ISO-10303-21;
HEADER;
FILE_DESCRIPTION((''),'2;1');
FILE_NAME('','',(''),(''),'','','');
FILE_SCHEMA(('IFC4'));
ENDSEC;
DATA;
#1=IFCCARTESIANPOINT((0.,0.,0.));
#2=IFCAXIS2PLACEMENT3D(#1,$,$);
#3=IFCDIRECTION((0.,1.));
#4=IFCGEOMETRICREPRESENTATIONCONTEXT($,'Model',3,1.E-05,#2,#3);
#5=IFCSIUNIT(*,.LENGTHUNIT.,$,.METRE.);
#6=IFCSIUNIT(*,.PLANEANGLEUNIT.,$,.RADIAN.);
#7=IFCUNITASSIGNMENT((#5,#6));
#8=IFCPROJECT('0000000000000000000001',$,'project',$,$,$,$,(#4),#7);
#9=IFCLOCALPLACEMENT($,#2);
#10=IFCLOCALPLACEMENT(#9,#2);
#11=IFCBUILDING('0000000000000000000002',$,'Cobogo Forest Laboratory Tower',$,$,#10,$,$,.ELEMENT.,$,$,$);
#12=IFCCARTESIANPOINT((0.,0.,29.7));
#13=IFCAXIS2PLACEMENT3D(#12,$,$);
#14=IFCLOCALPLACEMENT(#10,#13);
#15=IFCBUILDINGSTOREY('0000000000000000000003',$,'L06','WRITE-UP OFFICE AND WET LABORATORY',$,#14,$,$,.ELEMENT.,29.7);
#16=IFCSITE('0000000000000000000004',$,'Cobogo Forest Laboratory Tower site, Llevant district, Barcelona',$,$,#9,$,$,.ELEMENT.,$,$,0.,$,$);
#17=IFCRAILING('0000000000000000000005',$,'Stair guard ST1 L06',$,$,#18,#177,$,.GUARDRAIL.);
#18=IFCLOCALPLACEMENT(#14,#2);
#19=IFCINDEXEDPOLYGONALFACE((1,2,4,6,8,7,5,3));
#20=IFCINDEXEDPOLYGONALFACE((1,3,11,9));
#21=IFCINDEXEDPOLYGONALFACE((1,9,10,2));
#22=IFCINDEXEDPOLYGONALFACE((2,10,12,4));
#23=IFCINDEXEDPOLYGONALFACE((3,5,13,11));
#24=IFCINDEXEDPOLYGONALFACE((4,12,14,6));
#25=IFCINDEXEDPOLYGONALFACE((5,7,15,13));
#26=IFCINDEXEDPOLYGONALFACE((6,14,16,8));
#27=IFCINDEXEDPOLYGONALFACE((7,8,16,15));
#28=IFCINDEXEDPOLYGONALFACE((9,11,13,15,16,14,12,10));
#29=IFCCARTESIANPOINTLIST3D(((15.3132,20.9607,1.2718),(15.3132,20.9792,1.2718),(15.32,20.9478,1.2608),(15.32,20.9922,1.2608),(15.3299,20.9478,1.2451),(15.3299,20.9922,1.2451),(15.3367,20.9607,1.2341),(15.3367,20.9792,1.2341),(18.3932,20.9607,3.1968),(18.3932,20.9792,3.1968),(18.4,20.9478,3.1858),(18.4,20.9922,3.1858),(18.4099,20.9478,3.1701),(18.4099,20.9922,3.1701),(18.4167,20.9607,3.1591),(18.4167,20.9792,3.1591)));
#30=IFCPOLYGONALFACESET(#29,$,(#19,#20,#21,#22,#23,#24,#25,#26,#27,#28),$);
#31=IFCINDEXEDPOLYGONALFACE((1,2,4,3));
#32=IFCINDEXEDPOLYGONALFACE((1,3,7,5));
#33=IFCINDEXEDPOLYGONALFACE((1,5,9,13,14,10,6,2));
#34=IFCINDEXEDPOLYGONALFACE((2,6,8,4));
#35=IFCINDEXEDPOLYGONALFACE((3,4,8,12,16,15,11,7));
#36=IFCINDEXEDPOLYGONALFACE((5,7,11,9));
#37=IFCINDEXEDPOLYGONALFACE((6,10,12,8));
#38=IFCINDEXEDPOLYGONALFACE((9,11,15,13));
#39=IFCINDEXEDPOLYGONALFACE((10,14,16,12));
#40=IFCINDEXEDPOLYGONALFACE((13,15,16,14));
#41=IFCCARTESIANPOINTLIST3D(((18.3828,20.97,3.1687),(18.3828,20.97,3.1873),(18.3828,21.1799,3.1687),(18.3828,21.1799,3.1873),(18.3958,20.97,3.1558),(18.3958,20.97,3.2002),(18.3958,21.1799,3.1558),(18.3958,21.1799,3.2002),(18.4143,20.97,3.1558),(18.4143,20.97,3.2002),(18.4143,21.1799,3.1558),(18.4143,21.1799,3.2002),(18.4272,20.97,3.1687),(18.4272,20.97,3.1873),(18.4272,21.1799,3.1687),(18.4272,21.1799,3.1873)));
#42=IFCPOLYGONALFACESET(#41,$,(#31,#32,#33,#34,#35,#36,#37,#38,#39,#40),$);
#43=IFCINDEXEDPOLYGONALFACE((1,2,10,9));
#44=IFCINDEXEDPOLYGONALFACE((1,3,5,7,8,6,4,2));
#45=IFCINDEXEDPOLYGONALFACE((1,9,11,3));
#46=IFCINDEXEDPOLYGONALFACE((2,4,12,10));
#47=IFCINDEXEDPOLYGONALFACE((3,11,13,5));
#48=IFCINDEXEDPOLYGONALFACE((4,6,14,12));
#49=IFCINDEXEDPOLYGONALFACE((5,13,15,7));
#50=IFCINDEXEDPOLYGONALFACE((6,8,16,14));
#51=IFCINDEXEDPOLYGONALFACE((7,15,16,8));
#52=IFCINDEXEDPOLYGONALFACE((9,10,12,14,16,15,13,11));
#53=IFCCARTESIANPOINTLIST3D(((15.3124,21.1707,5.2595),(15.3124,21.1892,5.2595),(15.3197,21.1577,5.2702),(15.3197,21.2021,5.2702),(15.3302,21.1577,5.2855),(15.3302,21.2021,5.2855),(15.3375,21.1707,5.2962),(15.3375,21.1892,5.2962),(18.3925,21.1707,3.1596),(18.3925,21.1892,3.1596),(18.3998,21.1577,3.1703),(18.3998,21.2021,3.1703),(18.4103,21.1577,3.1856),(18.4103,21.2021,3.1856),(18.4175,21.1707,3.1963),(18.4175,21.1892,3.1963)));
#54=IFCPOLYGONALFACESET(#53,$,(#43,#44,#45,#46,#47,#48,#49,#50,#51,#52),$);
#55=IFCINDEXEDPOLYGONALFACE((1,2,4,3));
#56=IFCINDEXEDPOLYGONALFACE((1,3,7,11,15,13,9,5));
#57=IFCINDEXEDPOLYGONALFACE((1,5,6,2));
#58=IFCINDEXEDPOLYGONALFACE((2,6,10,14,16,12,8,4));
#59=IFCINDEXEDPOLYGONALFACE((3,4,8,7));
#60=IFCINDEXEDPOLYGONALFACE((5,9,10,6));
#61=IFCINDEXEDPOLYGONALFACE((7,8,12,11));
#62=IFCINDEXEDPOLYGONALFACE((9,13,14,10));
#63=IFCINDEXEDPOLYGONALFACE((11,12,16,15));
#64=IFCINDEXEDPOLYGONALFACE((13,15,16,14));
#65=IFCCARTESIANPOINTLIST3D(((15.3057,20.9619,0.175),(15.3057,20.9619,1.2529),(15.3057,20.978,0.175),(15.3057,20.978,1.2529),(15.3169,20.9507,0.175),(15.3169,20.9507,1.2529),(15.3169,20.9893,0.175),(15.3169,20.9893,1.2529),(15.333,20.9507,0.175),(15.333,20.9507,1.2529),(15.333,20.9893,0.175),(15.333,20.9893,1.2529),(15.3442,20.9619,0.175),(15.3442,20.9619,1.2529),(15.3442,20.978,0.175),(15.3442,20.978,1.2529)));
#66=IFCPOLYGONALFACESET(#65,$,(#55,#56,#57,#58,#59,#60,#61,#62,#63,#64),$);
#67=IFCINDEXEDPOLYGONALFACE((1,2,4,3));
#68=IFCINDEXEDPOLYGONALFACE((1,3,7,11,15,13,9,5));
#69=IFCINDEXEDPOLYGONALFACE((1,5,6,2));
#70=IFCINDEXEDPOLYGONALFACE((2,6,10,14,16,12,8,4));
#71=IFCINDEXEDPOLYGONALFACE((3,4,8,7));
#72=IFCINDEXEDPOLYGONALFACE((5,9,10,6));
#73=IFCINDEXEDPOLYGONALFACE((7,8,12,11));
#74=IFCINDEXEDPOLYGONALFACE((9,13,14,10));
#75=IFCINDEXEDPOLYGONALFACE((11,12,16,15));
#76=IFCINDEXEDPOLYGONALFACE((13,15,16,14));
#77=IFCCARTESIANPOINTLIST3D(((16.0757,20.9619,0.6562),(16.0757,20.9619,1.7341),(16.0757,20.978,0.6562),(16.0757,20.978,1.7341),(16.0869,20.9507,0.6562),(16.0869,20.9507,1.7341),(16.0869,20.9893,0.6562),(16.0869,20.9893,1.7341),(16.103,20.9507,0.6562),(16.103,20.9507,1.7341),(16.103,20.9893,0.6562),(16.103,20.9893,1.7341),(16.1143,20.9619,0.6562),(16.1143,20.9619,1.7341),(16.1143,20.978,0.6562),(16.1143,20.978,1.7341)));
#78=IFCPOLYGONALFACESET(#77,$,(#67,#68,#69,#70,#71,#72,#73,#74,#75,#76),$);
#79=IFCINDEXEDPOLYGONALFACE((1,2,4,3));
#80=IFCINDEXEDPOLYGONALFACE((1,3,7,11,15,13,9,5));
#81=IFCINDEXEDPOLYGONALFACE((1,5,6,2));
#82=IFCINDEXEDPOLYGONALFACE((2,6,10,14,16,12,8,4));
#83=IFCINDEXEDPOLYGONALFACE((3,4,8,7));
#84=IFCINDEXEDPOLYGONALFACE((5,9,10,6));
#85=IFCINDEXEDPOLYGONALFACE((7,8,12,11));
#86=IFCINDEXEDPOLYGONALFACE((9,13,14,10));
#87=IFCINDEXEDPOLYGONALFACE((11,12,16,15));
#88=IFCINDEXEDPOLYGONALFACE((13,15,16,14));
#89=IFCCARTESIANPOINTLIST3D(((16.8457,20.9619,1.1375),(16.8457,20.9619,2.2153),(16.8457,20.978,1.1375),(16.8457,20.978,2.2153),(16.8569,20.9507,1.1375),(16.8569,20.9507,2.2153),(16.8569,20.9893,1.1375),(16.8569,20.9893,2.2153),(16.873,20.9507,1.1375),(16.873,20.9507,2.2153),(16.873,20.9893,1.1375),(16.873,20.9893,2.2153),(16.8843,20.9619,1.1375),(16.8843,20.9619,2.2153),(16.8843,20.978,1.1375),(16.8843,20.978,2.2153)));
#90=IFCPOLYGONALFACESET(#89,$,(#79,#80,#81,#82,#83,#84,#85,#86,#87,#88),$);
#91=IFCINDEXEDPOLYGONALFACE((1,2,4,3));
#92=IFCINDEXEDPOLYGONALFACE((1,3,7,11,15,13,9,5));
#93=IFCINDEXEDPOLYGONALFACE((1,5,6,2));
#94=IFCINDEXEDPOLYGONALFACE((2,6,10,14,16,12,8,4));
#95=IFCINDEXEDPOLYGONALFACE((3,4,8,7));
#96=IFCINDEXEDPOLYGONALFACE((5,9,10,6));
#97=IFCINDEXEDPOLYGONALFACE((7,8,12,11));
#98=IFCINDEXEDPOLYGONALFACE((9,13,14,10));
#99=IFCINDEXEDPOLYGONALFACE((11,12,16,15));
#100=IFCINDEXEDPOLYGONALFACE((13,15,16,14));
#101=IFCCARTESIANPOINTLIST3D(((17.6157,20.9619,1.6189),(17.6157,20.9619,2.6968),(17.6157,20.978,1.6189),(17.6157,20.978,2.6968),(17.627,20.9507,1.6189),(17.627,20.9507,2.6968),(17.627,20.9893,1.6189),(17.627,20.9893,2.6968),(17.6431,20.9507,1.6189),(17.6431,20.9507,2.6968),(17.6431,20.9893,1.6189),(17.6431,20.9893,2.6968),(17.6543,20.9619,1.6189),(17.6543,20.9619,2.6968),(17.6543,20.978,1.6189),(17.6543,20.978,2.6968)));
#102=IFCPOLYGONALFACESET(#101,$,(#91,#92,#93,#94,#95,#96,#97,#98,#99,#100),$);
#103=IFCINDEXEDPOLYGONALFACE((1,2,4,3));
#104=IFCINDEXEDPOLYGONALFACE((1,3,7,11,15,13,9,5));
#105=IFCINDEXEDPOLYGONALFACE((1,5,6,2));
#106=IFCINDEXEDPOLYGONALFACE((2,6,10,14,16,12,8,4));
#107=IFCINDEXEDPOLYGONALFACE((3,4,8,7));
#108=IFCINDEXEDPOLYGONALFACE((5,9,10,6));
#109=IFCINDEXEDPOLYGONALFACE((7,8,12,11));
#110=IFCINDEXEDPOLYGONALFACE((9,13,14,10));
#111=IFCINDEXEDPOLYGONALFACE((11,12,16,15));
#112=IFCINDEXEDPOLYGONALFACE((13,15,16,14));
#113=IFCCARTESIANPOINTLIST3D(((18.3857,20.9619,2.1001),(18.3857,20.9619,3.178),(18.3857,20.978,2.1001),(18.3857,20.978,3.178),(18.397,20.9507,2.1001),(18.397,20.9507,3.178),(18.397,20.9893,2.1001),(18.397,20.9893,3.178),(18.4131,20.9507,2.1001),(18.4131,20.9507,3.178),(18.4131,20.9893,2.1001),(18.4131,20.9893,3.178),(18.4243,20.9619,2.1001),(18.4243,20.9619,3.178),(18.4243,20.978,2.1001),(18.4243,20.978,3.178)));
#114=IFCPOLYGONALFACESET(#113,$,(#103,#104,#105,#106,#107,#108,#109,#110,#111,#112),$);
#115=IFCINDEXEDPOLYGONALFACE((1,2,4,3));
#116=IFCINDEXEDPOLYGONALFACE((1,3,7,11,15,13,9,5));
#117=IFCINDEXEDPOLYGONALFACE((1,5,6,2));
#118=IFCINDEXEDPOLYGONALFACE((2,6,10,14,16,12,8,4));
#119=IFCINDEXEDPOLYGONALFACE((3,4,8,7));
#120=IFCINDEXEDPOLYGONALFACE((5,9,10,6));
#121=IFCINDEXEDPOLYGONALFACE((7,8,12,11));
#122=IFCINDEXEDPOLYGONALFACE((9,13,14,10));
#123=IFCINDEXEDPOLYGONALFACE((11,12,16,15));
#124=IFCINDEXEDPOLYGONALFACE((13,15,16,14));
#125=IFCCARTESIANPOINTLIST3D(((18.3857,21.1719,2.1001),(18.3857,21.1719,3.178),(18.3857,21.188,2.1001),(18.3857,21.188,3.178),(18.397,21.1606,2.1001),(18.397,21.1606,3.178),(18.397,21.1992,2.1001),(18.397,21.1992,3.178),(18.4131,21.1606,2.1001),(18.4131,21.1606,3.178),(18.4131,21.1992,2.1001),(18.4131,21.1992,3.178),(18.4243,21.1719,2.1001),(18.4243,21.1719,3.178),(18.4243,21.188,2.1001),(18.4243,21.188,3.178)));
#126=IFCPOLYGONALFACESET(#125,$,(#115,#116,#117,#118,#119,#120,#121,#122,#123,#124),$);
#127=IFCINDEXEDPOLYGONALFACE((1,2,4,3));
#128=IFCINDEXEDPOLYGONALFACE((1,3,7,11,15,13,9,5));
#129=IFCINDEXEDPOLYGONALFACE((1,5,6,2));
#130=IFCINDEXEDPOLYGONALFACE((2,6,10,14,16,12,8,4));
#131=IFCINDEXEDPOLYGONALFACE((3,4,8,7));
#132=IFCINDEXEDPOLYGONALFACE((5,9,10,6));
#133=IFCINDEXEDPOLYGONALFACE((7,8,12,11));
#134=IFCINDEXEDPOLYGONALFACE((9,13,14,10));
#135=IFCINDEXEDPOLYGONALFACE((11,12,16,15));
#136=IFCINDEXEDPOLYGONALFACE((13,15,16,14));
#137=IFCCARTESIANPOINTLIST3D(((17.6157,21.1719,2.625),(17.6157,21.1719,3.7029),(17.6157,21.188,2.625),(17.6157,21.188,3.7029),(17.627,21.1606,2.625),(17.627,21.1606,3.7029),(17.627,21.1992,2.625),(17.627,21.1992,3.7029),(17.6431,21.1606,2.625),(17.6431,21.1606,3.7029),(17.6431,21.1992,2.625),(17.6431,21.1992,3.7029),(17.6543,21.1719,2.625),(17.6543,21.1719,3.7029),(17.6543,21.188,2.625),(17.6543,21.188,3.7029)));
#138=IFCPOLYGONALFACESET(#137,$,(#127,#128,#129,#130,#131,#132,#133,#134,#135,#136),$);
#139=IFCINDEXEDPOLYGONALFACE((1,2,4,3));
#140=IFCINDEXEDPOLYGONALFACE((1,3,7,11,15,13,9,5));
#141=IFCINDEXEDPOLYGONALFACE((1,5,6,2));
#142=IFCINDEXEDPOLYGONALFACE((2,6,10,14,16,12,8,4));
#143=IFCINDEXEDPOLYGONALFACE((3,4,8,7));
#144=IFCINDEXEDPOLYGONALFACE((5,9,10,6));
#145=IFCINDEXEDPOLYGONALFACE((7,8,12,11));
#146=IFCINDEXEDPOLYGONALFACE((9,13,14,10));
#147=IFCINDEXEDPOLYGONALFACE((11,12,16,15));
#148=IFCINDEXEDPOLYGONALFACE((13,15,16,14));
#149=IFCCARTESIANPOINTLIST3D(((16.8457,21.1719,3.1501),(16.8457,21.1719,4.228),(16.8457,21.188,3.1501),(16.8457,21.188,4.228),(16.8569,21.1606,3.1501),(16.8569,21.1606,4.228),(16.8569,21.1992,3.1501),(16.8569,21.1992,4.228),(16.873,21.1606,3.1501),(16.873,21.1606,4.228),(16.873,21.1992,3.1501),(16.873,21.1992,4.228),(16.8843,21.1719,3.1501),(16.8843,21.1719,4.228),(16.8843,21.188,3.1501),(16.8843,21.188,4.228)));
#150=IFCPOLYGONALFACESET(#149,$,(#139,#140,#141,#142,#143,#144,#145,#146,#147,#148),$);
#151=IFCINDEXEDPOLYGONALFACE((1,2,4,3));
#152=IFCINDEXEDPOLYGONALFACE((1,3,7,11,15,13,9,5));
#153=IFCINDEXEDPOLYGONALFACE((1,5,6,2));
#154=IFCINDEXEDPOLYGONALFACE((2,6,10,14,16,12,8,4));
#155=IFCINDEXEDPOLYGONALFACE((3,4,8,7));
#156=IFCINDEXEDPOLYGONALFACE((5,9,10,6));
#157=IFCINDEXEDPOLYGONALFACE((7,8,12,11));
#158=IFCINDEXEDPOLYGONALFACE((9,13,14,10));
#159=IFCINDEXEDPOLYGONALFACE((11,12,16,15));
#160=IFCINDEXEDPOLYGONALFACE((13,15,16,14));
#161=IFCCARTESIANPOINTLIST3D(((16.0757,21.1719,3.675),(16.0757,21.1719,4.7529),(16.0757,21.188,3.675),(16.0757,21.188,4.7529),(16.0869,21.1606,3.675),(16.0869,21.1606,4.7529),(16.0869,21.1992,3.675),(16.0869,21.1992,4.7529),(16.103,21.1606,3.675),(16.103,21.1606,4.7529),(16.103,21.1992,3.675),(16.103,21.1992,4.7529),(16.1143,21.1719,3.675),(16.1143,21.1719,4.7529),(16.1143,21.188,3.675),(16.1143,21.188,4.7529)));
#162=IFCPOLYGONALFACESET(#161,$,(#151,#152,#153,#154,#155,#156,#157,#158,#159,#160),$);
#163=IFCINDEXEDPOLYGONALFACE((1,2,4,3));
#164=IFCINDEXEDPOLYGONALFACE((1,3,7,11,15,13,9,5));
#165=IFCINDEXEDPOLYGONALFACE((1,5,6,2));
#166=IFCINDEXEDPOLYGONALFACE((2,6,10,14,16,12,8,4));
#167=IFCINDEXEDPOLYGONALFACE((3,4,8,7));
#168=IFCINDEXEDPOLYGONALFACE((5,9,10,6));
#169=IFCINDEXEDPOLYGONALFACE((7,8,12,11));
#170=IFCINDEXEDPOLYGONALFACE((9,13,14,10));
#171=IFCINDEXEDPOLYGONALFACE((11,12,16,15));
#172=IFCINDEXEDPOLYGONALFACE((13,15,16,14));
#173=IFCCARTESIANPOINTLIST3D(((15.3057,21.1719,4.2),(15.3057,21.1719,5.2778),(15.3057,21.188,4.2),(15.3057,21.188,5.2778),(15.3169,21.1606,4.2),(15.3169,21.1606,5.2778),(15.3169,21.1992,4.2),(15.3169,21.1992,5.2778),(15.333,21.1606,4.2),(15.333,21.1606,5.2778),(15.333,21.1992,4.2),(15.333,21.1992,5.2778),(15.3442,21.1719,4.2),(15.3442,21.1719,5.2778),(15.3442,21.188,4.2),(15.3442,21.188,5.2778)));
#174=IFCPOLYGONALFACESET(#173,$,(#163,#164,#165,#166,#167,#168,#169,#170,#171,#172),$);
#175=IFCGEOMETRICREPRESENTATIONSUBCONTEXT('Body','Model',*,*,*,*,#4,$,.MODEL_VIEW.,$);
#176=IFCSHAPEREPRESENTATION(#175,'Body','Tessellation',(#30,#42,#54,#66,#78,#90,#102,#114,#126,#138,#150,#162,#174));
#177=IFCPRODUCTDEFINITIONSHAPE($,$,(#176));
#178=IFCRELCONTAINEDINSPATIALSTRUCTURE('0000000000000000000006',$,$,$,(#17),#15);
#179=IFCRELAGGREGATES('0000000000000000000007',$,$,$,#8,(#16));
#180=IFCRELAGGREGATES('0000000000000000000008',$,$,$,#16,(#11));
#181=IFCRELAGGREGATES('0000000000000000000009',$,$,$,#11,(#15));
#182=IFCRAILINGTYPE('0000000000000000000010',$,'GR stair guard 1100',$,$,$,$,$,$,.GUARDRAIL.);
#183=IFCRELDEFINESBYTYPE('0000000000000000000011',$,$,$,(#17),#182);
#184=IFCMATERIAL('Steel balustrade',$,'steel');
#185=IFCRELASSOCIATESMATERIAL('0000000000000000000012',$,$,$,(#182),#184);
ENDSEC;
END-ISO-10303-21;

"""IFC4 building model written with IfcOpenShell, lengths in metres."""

from ifc_helpers import new_model, si_unit, direction, frame, origin, place, context, subcontext, project, spatial, polyline, outline, extrude, material, type_object, element, save


model = new_model("IFC4")

# Units and contexts
model_context = context("Model", 3, precision=1e-05, world=origin(), true_north=direction((0.0, 1.0)))
body_context = subcontext(model_context, "Body", "Model", "MODEL_VIEW")
ifc_project = project(units=[si_unit("LENGTHUNIT", "METRE"), si_unit("PLANEANGLEUNIT", "RADIAN")], contexts=[model_context])

# Site, building, storey
site_placement = place(None, origin())
site = spatial("IfcSite", under=ifc_project, at=site_placement, Name="Cobogo Forest Laboratory Tower site, Llevant district, Barcelona", CompositionType="ELEMENT", RefElevation=0.0)
building_placement = place(site_placement, origin())
building = spatial("IfcBuilding", under=site, at=building_placement, Name="Cobogo Forest Laboratory Tower", CompositionType="ELEMENT")
storey_placement = place(building_placement, frame((0.0, 0.0, 29.7)))
storey = spatial("IfcBuildingStorey", under=building, at=storey_placement, Name="L06", Description="WRITE-UP OFFICE AND WET LABORATORY", CompositionType="ELEMENT", Elevation=29.7)

# Railing
ifc_material_1 = material(Name="Steel balustrade", Category="steel")
railing_type_1 = type_object("IfcRailingType", Name="GR stair guard 1100", PredefinedType="GUARDRAIL", material=ifc_material_1)
railing_1_placement = place(storey_placement, frame((15.325, 20.97, 0.175)))
element("IfcRailing", 1, at=railing_1_placement, inside=storey, type_object=railing_type_1, Name="Stair guard ST1 L06", PredefinedType="GUARDRAIL", context=body_context, shape_type="SweptSolid", body=[
    extrude(outline(polyline([(0.0222, 0.0093), (0.0093, 0.0222), (-0.0093, 0.0222), (-0.0222, 0.0093), (-0.0222, -0.0093), (-0.0093, -0.0222), (0.0093, -0.0222), (0.0222, -0.0093), (0.0222, 0.0093)])), frame((0.0, 0.0, 1.0779), z_axis=(0.847998, 0.0, 0.529999), x_axis=(0.0, 1.0, 0.0)), (0.0, 0.0, 1.0), 3.6321),
    extrude(outline(polyline([(0.0222, 0.0093), (0.0093, 0.0222), (-0.0093, 0.0222), (-0.0222, 0.0093), (-0.0222, -0.0093), (-0.0093, -0.0222), (0.0093, -0.0222), (0.0222, -0.0093), (0.0222, 0.0093)])), frame((3.0801, 0.0, 3.0029), z_axis=(0.0, 1.0, 0.0), x_axis=(-1.0, 0.0, 0.0)), (0.0, 0.0, 1.0), 0.21),
    extrude(outline(polyline([(0.0222, 0.0093), (0.0093, 0.0222), (-0.0093, 0.0222), (-0.0222, 0.0093), (-0.0222, -0.0093), (-0.0093, -0.0222), (0.0093, -0.0222), (0.0222, -0.0093), (0.0222, 0.0093)])), frame((3.0801, 0.21, 3.0029), z_axis=(-0.826252, 0.0, 0.5633), x_axis=(0.0, -1.0, 0.0)), (0.0, 0.0, 1.0), 3.7278),
    extrude(outline(polyline([(0.0193, 0.0081), (0.0081, 0.0193), (-0.0081, 0.0193), (-0.0193, 0.0081), (-0.0193, -0.0081), (-0.0081, -0.0193), (0.0081, -0.0193), (0.0193, -0.0081), (0.0193, 0.0081)])), origin(), (0.0, 0.0, 1.0), 1.0779),
    extrude(outline(polyline([(0.0193, 0.0081), (0.0081, 0.0193), (-0.0081, 0.0193), (-0.0193, 0.0081), (-0.0193, -0.0081), (-0.0081, -0.0193), (0.0081, -0.0193), (0.0193, -0.0081), (0.0193, 0.0081)])), frame((0.77, 0.0, 0.4812)), (0.0, 0.0, 1.0), 1.0779),
    extrude(outline(polyline([(0.0193, 0.0081), (0.0081, 0.0193), (-0.0081, 0.0193), (-0.0193, 0.0081), (-0.0193, -0.0081), (-0.0081, -0.0193), (0.0081, -0.0193), (0.0193, -0.0081), (0.0193, 0.0081)])), frame((1.54, 0.0, 0.9624)), (0.0, 0.0, 1.0), 1.0779),
    extrude(outline(polyline([(0.0193, 0.0081), (0.0081, 0.0193), (-0.0081, 0.0193), (-0.0193, 0.0081), (-0.0193, -0.0081), (-0.0081, -0.0193), (0.0081, -0.0193), (0.0193, -0.0081), (0.0193, 0.0081)])), frame((2.3101, 0.0, 1.4438)), (0.0, 0.0, 1.0), 1.0779),
    extrude(outline(polyline([(0.0193, 0.0081), (0.0081, 0.0193), (-0.0081, 0.0193), (-0.0193, 0.0081), (-0.0193, -0.0081), (-0.0081, -0.0193), (0.0081, -0.0193), (0.0193, -0.0081), (0.0193, 0.0081)])), frame((3.0801, 0.0, 1.925)), (0.0, 0.0, 1.0), 1.0779),
    extrude(outline(polyline([(0.0193, 0.0081), (0.0081, 0.0193), (-0.0081, 0.0193), (-0.0193, 0.0081), (-0.0193, -0.0081), (-0.0081, -0.0193), (0.0081, -0.0193), (0.0193, -0.0081), (0.0193, 0.0081)])), frame((3.0801, 0.21, 1.925)), (0.0, 0.0, 1.0), 1.0779),
    extrude(outline(polyline([(0.0193, 0.0081), (0.0081, 0.0193), (-0.0081, 0.0193), (-0.0193, 0.0081), (-0.0193, -0.0081), (-0.0081, -0.0193), (0.0081, -0.0193), (0.0193, -0.0081), (0.0193, 0.0081)])), frame((2.3101, 0.21, 2.45)), (0.0, 0.0, 1.0), 1.0779),
    extrude(outline(polyline([(0.0193, 0.0081), (0.0081, 0.0193), (-0.0081, 0.0193), (-0.0193, 0.0081), (-0.0193, -0.0081), (-0.0081, -0.0193), (0.0081, -0.0193), (0.0193, -0.0081), (0.0193, 0.0081)])), frame((1.54, 0.21, 2.9751)), (0.0, 0.0, 1.0), 1.0779),
    extrude(outline(polyline([(0.0193, 0.0081), (0.0081, 0.0193), (-0.0081, 0.0193), (-0.0193, 0.0081), (-0.0193, -0.0081), (-0.0081, -0.0193), (0.0081, -0.0193), (0.0193, -0.0081), (0.0193, 0.0081)])), frame((0.77, 0.21, 3.5)), (0.0, 0.0, 1.0), 1.0779),
    extrude(outline(polyline([(0.0193, 0.0081), (0.0081, 0.0193), (-0.0081, 0.0193), (-0.0193, 0.0081), (-0.0193, -0.0081), (-0.0081, -0.0193), (0.0081, -0.0193), (0.0193, -0.0081), (0.0193, 0.0081)])), frame((0.0, 0.21, 4.0249)), (0.0, 0.0, 1.0), 1.0779),
])

save(model, "model.ifc")
